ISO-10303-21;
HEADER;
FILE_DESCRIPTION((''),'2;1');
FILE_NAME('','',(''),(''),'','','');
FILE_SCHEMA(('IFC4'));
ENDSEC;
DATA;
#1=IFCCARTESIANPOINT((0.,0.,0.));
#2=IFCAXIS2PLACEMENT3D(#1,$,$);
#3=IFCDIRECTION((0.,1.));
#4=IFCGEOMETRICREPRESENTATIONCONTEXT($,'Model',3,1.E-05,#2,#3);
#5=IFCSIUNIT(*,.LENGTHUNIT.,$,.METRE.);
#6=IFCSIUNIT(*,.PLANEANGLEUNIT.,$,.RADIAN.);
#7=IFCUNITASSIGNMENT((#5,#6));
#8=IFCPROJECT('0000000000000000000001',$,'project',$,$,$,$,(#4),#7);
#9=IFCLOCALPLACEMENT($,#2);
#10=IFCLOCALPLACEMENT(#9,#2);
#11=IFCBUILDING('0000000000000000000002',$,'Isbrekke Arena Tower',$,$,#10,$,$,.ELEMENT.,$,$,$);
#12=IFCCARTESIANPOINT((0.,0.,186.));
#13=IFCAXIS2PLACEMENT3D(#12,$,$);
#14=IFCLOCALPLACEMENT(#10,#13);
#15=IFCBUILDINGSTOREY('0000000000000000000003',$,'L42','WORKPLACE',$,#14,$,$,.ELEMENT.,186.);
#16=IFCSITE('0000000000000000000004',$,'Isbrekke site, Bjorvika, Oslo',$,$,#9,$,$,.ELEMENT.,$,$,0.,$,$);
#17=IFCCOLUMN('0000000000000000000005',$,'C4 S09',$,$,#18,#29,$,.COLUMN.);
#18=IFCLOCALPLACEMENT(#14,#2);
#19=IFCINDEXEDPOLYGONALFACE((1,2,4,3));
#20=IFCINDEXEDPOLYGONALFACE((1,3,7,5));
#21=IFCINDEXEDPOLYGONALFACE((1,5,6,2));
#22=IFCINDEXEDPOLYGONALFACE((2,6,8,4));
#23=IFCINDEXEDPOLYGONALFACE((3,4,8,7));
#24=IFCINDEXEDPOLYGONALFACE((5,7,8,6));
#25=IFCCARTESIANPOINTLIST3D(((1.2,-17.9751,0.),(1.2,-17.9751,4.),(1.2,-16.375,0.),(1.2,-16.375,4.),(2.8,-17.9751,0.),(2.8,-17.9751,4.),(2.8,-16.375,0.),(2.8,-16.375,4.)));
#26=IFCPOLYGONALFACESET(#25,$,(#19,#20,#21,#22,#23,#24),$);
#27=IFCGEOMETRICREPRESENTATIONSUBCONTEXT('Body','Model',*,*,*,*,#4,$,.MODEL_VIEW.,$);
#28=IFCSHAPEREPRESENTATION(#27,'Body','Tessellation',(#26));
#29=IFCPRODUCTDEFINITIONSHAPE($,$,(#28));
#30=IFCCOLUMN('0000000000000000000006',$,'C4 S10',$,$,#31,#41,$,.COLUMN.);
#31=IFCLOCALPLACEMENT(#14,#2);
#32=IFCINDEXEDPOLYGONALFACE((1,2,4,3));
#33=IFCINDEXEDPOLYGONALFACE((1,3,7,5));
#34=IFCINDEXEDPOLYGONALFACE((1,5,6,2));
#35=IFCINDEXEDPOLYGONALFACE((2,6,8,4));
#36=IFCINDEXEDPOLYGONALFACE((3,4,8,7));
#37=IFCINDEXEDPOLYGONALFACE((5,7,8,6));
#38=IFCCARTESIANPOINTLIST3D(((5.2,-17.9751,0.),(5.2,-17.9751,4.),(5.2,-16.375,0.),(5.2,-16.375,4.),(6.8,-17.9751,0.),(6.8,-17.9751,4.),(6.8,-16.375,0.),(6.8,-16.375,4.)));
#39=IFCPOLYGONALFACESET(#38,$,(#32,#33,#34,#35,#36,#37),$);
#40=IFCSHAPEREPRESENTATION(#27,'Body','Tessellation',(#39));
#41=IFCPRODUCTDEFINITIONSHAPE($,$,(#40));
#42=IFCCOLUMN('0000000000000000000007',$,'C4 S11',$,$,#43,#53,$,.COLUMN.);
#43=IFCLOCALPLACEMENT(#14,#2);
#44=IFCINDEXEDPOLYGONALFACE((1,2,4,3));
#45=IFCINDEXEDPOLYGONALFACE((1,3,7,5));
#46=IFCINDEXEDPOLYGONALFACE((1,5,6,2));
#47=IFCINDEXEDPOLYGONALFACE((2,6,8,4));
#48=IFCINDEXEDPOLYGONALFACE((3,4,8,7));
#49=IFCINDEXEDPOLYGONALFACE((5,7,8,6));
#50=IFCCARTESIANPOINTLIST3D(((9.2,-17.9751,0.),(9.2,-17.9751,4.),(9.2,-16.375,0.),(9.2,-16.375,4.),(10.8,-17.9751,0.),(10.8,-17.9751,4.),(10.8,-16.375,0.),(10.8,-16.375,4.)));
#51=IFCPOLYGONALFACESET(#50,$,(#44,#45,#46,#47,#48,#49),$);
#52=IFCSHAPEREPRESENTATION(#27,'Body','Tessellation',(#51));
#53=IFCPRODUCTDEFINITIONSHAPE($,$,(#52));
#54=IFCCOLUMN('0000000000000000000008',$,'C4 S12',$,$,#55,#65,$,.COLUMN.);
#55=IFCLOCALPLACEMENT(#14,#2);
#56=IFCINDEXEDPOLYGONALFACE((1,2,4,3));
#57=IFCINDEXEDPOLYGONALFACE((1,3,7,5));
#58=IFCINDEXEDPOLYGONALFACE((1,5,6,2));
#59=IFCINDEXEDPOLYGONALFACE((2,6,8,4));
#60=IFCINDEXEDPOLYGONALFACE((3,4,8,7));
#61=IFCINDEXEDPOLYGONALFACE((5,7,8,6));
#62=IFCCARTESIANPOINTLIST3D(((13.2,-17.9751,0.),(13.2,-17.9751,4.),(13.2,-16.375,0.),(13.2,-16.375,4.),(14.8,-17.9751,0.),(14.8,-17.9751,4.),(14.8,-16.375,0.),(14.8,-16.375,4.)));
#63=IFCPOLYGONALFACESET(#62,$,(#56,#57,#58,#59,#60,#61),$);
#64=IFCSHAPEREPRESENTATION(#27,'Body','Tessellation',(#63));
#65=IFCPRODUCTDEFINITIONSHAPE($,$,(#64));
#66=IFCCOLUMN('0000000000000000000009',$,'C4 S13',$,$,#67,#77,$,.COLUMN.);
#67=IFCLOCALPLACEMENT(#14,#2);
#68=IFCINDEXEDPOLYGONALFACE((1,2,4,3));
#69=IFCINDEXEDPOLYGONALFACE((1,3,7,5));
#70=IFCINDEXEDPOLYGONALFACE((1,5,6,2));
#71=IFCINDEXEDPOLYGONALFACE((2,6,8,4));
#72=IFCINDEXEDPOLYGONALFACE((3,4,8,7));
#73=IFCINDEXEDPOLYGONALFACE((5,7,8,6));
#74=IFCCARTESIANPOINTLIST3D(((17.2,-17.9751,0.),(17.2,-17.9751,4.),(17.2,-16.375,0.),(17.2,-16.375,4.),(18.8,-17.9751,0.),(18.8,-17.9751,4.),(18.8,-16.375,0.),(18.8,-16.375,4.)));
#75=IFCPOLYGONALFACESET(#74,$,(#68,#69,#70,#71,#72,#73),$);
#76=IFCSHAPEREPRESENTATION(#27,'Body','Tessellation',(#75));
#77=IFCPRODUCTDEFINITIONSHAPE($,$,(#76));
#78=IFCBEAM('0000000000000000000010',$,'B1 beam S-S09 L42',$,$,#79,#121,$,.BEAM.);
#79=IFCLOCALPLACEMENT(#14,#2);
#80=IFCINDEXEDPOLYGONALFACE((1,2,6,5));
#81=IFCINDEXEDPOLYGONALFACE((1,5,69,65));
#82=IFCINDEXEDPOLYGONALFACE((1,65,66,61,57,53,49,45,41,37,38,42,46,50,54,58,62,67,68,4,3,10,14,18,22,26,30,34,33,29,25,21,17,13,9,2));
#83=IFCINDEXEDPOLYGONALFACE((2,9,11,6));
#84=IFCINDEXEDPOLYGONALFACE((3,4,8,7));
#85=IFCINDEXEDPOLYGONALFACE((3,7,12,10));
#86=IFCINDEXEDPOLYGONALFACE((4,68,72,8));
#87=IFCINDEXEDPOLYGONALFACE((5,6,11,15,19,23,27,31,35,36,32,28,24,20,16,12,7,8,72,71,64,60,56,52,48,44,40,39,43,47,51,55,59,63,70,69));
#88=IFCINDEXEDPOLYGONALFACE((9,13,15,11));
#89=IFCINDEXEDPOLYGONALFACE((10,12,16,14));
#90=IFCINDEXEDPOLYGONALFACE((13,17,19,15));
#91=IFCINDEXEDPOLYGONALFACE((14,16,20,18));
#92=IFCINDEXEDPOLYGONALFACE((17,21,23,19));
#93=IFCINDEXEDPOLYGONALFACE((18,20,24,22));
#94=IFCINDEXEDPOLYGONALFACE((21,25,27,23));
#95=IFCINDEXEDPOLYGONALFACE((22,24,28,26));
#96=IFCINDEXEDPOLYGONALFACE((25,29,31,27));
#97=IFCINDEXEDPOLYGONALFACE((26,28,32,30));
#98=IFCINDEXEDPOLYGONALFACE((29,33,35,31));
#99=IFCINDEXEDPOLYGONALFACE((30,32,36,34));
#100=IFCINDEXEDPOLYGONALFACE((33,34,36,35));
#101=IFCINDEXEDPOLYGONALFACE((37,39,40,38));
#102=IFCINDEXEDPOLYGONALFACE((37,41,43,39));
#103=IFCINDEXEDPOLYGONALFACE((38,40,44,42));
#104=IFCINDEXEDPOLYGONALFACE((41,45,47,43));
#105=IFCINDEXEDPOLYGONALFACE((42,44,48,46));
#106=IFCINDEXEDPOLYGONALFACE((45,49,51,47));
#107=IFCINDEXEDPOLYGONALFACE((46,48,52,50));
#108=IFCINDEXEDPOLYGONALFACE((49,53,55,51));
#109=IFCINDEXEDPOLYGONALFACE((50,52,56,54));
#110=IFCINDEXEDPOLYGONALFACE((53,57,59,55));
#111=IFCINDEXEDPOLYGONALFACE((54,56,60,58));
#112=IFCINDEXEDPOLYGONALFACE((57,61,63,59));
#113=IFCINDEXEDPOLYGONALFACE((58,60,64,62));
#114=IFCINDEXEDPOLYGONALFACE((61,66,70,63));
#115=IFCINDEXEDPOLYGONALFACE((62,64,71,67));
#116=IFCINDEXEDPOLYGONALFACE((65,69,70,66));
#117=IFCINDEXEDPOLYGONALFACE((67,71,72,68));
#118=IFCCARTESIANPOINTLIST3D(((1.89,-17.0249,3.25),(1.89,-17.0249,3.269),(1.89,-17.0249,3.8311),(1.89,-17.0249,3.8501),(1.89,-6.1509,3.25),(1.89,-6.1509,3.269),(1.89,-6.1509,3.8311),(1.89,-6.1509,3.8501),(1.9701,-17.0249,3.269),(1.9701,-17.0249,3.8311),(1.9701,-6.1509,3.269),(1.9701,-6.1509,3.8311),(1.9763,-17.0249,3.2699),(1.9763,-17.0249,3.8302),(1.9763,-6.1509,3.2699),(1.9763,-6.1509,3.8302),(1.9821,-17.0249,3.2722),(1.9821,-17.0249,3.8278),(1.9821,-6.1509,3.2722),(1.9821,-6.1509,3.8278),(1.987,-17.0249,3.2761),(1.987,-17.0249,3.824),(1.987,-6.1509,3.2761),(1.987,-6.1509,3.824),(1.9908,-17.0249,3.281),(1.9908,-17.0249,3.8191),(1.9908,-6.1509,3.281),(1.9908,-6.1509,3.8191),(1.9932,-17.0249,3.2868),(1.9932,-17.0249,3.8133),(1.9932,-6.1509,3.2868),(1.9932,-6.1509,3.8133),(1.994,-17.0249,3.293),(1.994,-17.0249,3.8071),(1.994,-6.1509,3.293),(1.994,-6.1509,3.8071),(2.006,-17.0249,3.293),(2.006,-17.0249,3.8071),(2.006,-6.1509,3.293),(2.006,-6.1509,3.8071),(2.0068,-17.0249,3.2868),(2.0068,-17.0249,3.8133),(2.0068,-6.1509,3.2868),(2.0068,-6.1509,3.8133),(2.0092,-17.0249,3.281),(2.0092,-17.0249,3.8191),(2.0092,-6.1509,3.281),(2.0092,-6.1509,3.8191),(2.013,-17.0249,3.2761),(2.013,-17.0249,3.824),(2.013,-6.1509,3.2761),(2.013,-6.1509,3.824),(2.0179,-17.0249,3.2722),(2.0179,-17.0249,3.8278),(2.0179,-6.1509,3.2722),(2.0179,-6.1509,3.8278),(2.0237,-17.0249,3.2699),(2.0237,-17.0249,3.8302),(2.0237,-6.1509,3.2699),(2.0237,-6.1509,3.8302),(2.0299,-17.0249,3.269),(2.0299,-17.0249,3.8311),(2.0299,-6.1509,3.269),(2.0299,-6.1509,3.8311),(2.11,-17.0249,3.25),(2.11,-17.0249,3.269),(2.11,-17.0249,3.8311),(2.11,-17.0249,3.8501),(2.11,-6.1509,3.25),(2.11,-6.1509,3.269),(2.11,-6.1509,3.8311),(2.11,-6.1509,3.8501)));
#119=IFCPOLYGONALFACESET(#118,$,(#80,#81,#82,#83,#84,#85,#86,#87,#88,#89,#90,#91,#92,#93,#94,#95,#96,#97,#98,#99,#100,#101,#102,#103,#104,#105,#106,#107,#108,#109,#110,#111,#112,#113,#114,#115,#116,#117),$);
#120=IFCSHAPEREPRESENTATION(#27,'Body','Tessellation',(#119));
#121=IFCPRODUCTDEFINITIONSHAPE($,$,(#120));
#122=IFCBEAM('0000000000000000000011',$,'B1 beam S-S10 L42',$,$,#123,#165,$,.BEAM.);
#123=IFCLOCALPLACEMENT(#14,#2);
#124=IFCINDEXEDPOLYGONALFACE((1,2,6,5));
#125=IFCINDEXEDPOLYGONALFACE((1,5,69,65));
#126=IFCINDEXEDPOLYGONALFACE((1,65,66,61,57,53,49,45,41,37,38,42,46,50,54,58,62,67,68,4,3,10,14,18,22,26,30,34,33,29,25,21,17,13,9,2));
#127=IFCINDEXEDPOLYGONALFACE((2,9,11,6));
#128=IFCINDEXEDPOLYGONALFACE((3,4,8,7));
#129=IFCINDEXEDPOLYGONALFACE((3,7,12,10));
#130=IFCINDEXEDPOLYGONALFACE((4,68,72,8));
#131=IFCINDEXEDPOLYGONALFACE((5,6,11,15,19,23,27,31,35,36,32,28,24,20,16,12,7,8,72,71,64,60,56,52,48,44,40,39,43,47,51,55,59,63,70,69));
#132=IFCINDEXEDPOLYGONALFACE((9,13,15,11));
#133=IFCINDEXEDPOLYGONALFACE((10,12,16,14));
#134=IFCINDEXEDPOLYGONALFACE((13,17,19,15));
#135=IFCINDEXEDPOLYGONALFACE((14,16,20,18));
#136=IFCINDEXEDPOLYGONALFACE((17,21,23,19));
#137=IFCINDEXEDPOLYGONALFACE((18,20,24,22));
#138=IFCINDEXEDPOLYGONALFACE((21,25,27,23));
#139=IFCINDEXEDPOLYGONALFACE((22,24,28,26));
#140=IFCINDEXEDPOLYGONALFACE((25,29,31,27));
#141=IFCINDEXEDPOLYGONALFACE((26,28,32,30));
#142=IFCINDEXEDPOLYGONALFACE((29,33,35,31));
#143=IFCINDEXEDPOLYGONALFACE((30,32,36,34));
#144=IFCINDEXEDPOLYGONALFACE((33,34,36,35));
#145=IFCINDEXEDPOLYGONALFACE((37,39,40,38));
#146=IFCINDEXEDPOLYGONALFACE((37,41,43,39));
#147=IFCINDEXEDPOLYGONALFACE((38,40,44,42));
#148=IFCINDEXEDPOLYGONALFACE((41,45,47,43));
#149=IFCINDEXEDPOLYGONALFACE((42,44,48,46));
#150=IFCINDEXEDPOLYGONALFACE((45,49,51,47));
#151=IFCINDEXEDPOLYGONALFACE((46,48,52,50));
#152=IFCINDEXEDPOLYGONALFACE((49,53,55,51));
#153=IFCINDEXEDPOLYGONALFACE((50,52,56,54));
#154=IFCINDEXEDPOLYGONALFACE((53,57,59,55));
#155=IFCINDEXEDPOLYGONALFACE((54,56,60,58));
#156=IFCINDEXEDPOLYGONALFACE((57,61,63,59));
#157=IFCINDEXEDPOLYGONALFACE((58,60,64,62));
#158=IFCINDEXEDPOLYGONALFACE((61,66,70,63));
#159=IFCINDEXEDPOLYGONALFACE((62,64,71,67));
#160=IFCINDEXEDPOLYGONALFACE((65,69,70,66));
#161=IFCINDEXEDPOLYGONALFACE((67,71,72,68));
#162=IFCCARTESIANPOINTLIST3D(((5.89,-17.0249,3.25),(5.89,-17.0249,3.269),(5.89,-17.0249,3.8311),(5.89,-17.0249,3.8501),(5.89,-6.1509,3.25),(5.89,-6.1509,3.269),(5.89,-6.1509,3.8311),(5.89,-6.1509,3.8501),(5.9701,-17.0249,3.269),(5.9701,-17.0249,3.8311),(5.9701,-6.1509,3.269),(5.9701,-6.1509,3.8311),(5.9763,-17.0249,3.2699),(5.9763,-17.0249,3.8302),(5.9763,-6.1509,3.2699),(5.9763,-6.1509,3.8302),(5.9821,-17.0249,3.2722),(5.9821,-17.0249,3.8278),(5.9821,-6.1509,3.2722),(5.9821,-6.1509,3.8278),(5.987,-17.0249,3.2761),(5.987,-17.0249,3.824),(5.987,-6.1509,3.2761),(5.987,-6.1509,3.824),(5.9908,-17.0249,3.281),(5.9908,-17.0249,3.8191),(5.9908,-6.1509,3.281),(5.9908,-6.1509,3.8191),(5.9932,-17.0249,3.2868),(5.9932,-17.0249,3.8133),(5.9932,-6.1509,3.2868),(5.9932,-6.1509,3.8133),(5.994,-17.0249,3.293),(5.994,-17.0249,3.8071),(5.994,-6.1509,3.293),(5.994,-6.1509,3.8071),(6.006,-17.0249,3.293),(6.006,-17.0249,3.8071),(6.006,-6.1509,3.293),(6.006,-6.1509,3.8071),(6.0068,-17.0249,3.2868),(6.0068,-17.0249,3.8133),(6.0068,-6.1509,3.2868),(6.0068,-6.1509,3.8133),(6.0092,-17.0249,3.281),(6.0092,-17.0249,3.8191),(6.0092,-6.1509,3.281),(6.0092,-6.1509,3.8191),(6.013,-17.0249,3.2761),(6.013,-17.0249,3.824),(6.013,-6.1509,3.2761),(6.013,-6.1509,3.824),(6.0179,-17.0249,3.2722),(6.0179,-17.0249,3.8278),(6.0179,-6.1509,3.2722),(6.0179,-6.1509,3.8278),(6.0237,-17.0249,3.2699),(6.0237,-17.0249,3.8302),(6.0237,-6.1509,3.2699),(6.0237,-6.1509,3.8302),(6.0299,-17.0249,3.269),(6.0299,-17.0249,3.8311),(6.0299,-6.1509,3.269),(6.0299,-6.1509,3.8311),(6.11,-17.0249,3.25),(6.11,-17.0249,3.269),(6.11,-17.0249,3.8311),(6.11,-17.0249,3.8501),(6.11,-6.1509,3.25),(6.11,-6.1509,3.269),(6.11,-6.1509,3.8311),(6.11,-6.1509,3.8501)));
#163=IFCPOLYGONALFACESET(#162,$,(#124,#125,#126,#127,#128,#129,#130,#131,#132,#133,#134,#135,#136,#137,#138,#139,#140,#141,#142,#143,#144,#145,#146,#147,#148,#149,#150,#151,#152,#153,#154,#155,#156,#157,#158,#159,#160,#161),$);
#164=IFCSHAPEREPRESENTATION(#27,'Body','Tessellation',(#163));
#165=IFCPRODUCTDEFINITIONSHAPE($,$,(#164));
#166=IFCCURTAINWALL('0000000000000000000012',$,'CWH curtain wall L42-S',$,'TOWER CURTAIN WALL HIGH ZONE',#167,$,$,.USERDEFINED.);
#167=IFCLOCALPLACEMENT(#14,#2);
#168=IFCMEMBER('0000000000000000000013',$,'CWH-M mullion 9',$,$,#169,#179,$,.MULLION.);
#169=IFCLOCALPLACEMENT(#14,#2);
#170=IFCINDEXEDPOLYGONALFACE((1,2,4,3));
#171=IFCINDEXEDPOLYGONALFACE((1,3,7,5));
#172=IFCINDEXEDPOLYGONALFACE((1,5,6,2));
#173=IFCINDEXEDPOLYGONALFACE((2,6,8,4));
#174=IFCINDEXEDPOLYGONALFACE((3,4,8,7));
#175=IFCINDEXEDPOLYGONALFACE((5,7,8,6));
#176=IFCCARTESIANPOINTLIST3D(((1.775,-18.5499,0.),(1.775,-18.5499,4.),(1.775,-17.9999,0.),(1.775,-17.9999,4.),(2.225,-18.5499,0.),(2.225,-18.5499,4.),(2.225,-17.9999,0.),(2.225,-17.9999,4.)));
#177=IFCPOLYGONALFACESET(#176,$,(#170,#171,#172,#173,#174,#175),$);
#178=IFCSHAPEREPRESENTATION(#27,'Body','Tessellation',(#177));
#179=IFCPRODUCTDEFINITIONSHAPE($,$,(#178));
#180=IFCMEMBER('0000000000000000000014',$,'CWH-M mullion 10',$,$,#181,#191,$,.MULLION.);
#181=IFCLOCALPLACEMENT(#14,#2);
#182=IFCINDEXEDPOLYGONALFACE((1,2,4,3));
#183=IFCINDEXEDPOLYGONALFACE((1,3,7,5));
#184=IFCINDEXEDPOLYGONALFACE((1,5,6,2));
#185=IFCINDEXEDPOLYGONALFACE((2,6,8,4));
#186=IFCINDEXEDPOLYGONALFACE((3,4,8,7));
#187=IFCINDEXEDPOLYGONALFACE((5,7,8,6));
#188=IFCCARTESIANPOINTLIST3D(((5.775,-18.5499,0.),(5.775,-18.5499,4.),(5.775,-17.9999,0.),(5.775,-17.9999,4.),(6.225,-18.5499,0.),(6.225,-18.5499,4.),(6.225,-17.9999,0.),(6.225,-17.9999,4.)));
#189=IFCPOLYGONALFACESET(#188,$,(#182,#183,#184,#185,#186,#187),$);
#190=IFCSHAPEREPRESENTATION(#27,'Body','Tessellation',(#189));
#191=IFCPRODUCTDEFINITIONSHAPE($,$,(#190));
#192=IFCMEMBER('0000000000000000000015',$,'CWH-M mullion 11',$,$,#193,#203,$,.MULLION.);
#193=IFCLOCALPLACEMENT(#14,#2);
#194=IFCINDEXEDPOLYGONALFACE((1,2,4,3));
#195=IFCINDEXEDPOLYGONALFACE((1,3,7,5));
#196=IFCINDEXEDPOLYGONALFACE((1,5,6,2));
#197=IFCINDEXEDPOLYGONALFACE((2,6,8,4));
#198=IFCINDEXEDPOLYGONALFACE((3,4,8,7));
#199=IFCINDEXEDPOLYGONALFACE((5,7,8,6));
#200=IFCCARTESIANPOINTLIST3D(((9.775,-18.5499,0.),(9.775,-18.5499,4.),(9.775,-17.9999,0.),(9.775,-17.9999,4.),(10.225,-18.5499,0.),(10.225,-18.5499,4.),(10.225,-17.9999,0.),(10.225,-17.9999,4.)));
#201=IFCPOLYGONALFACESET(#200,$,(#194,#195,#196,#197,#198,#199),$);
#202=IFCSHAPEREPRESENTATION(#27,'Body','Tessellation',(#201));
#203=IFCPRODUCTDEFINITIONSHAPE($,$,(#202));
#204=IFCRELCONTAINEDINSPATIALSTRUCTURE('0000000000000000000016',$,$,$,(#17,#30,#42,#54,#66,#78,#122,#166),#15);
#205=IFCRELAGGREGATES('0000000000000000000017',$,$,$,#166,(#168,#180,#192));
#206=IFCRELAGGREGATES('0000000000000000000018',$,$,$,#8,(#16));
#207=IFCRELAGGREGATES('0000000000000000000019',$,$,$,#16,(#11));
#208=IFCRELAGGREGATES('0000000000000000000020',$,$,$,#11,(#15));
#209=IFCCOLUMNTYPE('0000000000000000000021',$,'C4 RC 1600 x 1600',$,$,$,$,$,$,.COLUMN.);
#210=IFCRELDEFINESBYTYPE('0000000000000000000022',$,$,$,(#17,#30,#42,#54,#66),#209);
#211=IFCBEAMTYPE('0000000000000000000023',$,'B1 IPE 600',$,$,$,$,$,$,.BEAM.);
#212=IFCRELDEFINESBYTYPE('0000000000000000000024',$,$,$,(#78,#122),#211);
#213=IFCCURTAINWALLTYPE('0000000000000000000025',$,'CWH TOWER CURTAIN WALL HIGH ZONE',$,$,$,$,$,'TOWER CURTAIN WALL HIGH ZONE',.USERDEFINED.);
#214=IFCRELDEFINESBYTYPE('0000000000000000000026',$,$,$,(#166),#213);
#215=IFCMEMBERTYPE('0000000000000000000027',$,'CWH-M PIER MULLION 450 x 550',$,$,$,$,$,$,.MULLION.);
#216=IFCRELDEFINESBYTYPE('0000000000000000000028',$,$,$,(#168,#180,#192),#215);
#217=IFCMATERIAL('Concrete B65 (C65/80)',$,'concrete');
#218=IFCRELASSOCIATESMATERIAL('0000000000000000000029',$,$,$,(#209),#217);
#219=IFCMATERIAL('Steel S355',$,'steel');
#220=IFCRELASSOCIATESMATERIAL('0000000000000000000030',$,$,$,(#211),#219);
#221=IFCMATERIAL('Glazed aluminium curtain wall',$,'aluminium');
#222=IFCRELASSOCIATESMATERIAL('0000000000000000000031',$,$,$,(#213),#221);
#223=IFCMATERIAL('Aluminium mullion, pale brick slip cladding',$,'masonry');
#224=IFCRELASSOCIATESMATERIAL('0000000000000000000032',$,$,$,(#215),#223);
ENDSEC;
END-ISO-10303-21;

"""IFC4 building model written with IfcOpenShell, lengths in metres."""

from ifc_helpers import new_model, si_unit, direction, frame, origin, origin_2d, place, context, subcontext, project, spatial, rectangle, i_section, extrude, material, material_profile, profile_set, type_object, element, aggregate, save


model = new_model("IFC4")

# Units and contexts
model_context = context("Model", 3, precision=1e-05, world=origin(), true_north=direction((0.0, 1.0)))
body_context = subcontext(model_context, "Body", "Model", "MODEL_VIEW")
ifc_project = project(units=[si_unit("LENGTHUNIT", "METRE"), si_unit("PLANEANGLEUNIT", "RADIAN")], contexts=[model_context])

# Site, building, storey
site_placement = place(None, origin())
site = spatial("IfcSite", under=ifc_project, at=site_placement, Name="Isbrekke site, Bjorvika, Oslo", CompositionType="ELEMENT", RefElevation=0.0)
building_placement = place(site_placement, origin())
building = spatial("IfcBuilding", under=site, at=building_placement, Name="Isbrekke Arena Tower", CompositionType="ELEMENT")
storey_placement = place(building_placement, frame((0.0, 0.0, 186.0)))
storey = spatial("IfcBuildingStorey", under=building, at=storey_placement, Name="L42", Description="WORKPLACE", CompositionType="ELEMENT", Elevation=186.0)

# Columns
ifc_material_1 = material(Name="Concrete B65 (C65/80)", Category="concrete")
ifc_material_profile_1 = material_profile(ifc_material_1, rectangle(XDim=1.6001, YDim=1.6001, at=origin_2d()), Name="RC 1600x1600")
ifc_profile_set_1 = profile_set([ifc_material_profile_1], Name="Concrete B65 (C65/80)")
column_type = type_object("IfcColumnType", Name="C4 RC 1600 x 1600", PredefinedType="COLUMN", material=ifc_profile_set_1)
for number, where, z_axis, x_axis, name in (
    (1, (2.0, -17.175, 0.0), (0.0, 0.0, 1.0), (1.0, 0.0, 0.0), "C4 S09"),
    (2, (6.0, -17.175, 0.0), (0.0, 0.0, 1.0), (1.0, 0.0, 0.0), "C4 S10"),
    (3, (10.0, -17.175, 0.0), (0.0, 0.0, 1.0), (1.0, 0.0, 0.0), "C4 S11"),
    (4, (14.0, -17.175, 0.0), (0.0, 0.0, 1.0), (1.0, 0.0, 0.0), "C4 S12"),
    (5, (18.0, -17.175, 0.0), (0.0, 0.0, 1.0), (1.0, 0.0, 0.0), "C4 S13"),
):
    element("IfcColumn", number, at=place(storey_placement, frame(where, z_axis=z_axis, x_axis=x_axis)), inside=storey, type_object=column_type, Name=name, PredefinedType="COLUMN", context=body_context, shape_type="SweptSolid", body=[
        extrude(rectangle(XDim=1.6001, YDim=1.6001, at=origin_2d()), origin(), (0.0, 0.0, 1.0), 4.0),
    ])

# Beams
ifc_material_2 = material(Name="Steel S355", Category="steel")
ifc_material_profile_2 = material_profile(ifc_material_2, i_section(OverallWidth=0.22, OverallDepth=0.6001, WebThickness=0.012, FlangeThickness=0.019, FilletRadius=0.0239, at=origin_2d()), Name="IPE 600")
ifc_profile_set_2 = profile_set([ifc_material_profile_2], Name="Steel S355")
beam_type_1 = type_object("IfcBeamType", Name="B1 IPE 600", PredefinedType="BEAM", material=ifc_profile_set_2)
for number, where, z_axis, x_axis, name in (
    (6, (2.0, -17.0249, 3.55), (0.0, 1.0, 0.0), (-1.0, 0.0, 0.0), "B1 beam S-S09 L42"),
    (7, (6.0, -17.0249, 3.55), (0.0, 1.0, 0.0), (-1.0, 0.0, 0.0), "B1 beam S-S10 L42"),
):
    element("IfcBeam", number, at=place(storey_placement, frame(where, z_axis=z_axis, x_axis=x_axis)), inside=storey, type_object=beam_type_1, Name=name, PredefinedType="BEAM", context=body_context, shape_type="SweptSolid", body=[
        extrude(i_section(OverallWidth=0.22, OverallDepth=0.6001, WebThickness=0.012, FlangeThickness=0.019, FilletRadius=0.0239, at=origin_2d()), origin(), (0.0, 0.0, 1.0), 10.874),
    ])

# Curtain wall, members
ifc_material_3 = material(Name="Glazed aluminium curtain wall", Category="aluminium")
curtain_wall_type = type_object("IfcCurtainWallType", Name="CWH TOWER CURTAIN WALL HIGH ZONE", ElementType="TOWER CURTAIN WALL HIGH ZONE", PredefinedType="USERDEFINED", material=ifc_material_3)
curtain_wall_placement = place(storey_placement, origin())
curtain_wall = element("IfcCurtainWall", 8, at=curtain_wall_placement, inside=storey, type_object=curtain_wall_type, Name="CWH curtain wall L42-S", ObjectType="TOWER CURTAIN WALL HIGH ZONE", PredefinedType="USERDEFINED")
ifc_material_4 = material(Name="Aluminium mullion, pale brick slip cladding", Category="masonry")
ifc_material_profile_3 = material_profile(ifc_material_4, rectangle(XDim=0.45, YDim=0.55, at=origin_2d()), Name="PIER 450X550")
ifc_profile_set_3 = profile_set([ifc_material_profile_3], Name="Aluminium mullion, pale brick slip cladding")
member_type_1 = type_object("IfcMemberType", Name="CWH-M PIER MULLION 450 x 550", PredefinedType="MULLION", material=ifc_profile_set_3)
member_1_placement = place(storey_placement, frame((2.0, -18.2749, 0.0), z_axis=(0.0, 0.0, 1.0), x_axis=(1.0, 0.0, 0.0)))
member_1 = element("IfcMember", 9, at=member_1_placement, type_object=member_type_1, Name="CWH-M mullion 9", PredefinedType="MULLION", context=body_context, shape_type="SweptSolid", body=[
    extrude(rectangle(XDim=0.45, YDim=0.55, at=origin_2d()), origin(), (0.0, 0.0, 1.0), 4.0),
])
member_2_placement = place(storey_placement, frame((6.0, -18.2749, 0.0), z_axis=(0.0, 0.0, 1.0), x_axis=(1.0, 0.0, 0.0)))
member_2 = element("IfcMember", 10, at=member_2_placement, type_object=member_type_1, Name="CWH-M mullion 10", PredefinedType="MULLION", context=body_context, shape_type="SweptSolid", body=[
    extrude(rectangle(XDim=0.45, YDim=0.55, at=origin_2d()), origin(), (0.0, 0.0, 1.0), 4.0),
])
member_3_placement = place(storey_placement, frame((10.0, -18.2749, 0.0), z_axis=(0.0, 0.0, 1.0), x_axis=(1.0, 0.0, 0.0)))
member_3 = element("IfcMember", 11, at=member_3_placement, type_object=member_type_1, Name="CWH-M mullion 11", PredefinedType="MULLION", context=body_context, shape_type="SweptSolid", body=[
    extrude(rectangle(XDim=0.45, YDim=0.55, at=origin_2d()), origin(), (0.0, 0.0, 1.0), 4.0),
])

aggregate(curtain_wall, [member_1, member_2, member_3])

save(model, "model.ifc")
